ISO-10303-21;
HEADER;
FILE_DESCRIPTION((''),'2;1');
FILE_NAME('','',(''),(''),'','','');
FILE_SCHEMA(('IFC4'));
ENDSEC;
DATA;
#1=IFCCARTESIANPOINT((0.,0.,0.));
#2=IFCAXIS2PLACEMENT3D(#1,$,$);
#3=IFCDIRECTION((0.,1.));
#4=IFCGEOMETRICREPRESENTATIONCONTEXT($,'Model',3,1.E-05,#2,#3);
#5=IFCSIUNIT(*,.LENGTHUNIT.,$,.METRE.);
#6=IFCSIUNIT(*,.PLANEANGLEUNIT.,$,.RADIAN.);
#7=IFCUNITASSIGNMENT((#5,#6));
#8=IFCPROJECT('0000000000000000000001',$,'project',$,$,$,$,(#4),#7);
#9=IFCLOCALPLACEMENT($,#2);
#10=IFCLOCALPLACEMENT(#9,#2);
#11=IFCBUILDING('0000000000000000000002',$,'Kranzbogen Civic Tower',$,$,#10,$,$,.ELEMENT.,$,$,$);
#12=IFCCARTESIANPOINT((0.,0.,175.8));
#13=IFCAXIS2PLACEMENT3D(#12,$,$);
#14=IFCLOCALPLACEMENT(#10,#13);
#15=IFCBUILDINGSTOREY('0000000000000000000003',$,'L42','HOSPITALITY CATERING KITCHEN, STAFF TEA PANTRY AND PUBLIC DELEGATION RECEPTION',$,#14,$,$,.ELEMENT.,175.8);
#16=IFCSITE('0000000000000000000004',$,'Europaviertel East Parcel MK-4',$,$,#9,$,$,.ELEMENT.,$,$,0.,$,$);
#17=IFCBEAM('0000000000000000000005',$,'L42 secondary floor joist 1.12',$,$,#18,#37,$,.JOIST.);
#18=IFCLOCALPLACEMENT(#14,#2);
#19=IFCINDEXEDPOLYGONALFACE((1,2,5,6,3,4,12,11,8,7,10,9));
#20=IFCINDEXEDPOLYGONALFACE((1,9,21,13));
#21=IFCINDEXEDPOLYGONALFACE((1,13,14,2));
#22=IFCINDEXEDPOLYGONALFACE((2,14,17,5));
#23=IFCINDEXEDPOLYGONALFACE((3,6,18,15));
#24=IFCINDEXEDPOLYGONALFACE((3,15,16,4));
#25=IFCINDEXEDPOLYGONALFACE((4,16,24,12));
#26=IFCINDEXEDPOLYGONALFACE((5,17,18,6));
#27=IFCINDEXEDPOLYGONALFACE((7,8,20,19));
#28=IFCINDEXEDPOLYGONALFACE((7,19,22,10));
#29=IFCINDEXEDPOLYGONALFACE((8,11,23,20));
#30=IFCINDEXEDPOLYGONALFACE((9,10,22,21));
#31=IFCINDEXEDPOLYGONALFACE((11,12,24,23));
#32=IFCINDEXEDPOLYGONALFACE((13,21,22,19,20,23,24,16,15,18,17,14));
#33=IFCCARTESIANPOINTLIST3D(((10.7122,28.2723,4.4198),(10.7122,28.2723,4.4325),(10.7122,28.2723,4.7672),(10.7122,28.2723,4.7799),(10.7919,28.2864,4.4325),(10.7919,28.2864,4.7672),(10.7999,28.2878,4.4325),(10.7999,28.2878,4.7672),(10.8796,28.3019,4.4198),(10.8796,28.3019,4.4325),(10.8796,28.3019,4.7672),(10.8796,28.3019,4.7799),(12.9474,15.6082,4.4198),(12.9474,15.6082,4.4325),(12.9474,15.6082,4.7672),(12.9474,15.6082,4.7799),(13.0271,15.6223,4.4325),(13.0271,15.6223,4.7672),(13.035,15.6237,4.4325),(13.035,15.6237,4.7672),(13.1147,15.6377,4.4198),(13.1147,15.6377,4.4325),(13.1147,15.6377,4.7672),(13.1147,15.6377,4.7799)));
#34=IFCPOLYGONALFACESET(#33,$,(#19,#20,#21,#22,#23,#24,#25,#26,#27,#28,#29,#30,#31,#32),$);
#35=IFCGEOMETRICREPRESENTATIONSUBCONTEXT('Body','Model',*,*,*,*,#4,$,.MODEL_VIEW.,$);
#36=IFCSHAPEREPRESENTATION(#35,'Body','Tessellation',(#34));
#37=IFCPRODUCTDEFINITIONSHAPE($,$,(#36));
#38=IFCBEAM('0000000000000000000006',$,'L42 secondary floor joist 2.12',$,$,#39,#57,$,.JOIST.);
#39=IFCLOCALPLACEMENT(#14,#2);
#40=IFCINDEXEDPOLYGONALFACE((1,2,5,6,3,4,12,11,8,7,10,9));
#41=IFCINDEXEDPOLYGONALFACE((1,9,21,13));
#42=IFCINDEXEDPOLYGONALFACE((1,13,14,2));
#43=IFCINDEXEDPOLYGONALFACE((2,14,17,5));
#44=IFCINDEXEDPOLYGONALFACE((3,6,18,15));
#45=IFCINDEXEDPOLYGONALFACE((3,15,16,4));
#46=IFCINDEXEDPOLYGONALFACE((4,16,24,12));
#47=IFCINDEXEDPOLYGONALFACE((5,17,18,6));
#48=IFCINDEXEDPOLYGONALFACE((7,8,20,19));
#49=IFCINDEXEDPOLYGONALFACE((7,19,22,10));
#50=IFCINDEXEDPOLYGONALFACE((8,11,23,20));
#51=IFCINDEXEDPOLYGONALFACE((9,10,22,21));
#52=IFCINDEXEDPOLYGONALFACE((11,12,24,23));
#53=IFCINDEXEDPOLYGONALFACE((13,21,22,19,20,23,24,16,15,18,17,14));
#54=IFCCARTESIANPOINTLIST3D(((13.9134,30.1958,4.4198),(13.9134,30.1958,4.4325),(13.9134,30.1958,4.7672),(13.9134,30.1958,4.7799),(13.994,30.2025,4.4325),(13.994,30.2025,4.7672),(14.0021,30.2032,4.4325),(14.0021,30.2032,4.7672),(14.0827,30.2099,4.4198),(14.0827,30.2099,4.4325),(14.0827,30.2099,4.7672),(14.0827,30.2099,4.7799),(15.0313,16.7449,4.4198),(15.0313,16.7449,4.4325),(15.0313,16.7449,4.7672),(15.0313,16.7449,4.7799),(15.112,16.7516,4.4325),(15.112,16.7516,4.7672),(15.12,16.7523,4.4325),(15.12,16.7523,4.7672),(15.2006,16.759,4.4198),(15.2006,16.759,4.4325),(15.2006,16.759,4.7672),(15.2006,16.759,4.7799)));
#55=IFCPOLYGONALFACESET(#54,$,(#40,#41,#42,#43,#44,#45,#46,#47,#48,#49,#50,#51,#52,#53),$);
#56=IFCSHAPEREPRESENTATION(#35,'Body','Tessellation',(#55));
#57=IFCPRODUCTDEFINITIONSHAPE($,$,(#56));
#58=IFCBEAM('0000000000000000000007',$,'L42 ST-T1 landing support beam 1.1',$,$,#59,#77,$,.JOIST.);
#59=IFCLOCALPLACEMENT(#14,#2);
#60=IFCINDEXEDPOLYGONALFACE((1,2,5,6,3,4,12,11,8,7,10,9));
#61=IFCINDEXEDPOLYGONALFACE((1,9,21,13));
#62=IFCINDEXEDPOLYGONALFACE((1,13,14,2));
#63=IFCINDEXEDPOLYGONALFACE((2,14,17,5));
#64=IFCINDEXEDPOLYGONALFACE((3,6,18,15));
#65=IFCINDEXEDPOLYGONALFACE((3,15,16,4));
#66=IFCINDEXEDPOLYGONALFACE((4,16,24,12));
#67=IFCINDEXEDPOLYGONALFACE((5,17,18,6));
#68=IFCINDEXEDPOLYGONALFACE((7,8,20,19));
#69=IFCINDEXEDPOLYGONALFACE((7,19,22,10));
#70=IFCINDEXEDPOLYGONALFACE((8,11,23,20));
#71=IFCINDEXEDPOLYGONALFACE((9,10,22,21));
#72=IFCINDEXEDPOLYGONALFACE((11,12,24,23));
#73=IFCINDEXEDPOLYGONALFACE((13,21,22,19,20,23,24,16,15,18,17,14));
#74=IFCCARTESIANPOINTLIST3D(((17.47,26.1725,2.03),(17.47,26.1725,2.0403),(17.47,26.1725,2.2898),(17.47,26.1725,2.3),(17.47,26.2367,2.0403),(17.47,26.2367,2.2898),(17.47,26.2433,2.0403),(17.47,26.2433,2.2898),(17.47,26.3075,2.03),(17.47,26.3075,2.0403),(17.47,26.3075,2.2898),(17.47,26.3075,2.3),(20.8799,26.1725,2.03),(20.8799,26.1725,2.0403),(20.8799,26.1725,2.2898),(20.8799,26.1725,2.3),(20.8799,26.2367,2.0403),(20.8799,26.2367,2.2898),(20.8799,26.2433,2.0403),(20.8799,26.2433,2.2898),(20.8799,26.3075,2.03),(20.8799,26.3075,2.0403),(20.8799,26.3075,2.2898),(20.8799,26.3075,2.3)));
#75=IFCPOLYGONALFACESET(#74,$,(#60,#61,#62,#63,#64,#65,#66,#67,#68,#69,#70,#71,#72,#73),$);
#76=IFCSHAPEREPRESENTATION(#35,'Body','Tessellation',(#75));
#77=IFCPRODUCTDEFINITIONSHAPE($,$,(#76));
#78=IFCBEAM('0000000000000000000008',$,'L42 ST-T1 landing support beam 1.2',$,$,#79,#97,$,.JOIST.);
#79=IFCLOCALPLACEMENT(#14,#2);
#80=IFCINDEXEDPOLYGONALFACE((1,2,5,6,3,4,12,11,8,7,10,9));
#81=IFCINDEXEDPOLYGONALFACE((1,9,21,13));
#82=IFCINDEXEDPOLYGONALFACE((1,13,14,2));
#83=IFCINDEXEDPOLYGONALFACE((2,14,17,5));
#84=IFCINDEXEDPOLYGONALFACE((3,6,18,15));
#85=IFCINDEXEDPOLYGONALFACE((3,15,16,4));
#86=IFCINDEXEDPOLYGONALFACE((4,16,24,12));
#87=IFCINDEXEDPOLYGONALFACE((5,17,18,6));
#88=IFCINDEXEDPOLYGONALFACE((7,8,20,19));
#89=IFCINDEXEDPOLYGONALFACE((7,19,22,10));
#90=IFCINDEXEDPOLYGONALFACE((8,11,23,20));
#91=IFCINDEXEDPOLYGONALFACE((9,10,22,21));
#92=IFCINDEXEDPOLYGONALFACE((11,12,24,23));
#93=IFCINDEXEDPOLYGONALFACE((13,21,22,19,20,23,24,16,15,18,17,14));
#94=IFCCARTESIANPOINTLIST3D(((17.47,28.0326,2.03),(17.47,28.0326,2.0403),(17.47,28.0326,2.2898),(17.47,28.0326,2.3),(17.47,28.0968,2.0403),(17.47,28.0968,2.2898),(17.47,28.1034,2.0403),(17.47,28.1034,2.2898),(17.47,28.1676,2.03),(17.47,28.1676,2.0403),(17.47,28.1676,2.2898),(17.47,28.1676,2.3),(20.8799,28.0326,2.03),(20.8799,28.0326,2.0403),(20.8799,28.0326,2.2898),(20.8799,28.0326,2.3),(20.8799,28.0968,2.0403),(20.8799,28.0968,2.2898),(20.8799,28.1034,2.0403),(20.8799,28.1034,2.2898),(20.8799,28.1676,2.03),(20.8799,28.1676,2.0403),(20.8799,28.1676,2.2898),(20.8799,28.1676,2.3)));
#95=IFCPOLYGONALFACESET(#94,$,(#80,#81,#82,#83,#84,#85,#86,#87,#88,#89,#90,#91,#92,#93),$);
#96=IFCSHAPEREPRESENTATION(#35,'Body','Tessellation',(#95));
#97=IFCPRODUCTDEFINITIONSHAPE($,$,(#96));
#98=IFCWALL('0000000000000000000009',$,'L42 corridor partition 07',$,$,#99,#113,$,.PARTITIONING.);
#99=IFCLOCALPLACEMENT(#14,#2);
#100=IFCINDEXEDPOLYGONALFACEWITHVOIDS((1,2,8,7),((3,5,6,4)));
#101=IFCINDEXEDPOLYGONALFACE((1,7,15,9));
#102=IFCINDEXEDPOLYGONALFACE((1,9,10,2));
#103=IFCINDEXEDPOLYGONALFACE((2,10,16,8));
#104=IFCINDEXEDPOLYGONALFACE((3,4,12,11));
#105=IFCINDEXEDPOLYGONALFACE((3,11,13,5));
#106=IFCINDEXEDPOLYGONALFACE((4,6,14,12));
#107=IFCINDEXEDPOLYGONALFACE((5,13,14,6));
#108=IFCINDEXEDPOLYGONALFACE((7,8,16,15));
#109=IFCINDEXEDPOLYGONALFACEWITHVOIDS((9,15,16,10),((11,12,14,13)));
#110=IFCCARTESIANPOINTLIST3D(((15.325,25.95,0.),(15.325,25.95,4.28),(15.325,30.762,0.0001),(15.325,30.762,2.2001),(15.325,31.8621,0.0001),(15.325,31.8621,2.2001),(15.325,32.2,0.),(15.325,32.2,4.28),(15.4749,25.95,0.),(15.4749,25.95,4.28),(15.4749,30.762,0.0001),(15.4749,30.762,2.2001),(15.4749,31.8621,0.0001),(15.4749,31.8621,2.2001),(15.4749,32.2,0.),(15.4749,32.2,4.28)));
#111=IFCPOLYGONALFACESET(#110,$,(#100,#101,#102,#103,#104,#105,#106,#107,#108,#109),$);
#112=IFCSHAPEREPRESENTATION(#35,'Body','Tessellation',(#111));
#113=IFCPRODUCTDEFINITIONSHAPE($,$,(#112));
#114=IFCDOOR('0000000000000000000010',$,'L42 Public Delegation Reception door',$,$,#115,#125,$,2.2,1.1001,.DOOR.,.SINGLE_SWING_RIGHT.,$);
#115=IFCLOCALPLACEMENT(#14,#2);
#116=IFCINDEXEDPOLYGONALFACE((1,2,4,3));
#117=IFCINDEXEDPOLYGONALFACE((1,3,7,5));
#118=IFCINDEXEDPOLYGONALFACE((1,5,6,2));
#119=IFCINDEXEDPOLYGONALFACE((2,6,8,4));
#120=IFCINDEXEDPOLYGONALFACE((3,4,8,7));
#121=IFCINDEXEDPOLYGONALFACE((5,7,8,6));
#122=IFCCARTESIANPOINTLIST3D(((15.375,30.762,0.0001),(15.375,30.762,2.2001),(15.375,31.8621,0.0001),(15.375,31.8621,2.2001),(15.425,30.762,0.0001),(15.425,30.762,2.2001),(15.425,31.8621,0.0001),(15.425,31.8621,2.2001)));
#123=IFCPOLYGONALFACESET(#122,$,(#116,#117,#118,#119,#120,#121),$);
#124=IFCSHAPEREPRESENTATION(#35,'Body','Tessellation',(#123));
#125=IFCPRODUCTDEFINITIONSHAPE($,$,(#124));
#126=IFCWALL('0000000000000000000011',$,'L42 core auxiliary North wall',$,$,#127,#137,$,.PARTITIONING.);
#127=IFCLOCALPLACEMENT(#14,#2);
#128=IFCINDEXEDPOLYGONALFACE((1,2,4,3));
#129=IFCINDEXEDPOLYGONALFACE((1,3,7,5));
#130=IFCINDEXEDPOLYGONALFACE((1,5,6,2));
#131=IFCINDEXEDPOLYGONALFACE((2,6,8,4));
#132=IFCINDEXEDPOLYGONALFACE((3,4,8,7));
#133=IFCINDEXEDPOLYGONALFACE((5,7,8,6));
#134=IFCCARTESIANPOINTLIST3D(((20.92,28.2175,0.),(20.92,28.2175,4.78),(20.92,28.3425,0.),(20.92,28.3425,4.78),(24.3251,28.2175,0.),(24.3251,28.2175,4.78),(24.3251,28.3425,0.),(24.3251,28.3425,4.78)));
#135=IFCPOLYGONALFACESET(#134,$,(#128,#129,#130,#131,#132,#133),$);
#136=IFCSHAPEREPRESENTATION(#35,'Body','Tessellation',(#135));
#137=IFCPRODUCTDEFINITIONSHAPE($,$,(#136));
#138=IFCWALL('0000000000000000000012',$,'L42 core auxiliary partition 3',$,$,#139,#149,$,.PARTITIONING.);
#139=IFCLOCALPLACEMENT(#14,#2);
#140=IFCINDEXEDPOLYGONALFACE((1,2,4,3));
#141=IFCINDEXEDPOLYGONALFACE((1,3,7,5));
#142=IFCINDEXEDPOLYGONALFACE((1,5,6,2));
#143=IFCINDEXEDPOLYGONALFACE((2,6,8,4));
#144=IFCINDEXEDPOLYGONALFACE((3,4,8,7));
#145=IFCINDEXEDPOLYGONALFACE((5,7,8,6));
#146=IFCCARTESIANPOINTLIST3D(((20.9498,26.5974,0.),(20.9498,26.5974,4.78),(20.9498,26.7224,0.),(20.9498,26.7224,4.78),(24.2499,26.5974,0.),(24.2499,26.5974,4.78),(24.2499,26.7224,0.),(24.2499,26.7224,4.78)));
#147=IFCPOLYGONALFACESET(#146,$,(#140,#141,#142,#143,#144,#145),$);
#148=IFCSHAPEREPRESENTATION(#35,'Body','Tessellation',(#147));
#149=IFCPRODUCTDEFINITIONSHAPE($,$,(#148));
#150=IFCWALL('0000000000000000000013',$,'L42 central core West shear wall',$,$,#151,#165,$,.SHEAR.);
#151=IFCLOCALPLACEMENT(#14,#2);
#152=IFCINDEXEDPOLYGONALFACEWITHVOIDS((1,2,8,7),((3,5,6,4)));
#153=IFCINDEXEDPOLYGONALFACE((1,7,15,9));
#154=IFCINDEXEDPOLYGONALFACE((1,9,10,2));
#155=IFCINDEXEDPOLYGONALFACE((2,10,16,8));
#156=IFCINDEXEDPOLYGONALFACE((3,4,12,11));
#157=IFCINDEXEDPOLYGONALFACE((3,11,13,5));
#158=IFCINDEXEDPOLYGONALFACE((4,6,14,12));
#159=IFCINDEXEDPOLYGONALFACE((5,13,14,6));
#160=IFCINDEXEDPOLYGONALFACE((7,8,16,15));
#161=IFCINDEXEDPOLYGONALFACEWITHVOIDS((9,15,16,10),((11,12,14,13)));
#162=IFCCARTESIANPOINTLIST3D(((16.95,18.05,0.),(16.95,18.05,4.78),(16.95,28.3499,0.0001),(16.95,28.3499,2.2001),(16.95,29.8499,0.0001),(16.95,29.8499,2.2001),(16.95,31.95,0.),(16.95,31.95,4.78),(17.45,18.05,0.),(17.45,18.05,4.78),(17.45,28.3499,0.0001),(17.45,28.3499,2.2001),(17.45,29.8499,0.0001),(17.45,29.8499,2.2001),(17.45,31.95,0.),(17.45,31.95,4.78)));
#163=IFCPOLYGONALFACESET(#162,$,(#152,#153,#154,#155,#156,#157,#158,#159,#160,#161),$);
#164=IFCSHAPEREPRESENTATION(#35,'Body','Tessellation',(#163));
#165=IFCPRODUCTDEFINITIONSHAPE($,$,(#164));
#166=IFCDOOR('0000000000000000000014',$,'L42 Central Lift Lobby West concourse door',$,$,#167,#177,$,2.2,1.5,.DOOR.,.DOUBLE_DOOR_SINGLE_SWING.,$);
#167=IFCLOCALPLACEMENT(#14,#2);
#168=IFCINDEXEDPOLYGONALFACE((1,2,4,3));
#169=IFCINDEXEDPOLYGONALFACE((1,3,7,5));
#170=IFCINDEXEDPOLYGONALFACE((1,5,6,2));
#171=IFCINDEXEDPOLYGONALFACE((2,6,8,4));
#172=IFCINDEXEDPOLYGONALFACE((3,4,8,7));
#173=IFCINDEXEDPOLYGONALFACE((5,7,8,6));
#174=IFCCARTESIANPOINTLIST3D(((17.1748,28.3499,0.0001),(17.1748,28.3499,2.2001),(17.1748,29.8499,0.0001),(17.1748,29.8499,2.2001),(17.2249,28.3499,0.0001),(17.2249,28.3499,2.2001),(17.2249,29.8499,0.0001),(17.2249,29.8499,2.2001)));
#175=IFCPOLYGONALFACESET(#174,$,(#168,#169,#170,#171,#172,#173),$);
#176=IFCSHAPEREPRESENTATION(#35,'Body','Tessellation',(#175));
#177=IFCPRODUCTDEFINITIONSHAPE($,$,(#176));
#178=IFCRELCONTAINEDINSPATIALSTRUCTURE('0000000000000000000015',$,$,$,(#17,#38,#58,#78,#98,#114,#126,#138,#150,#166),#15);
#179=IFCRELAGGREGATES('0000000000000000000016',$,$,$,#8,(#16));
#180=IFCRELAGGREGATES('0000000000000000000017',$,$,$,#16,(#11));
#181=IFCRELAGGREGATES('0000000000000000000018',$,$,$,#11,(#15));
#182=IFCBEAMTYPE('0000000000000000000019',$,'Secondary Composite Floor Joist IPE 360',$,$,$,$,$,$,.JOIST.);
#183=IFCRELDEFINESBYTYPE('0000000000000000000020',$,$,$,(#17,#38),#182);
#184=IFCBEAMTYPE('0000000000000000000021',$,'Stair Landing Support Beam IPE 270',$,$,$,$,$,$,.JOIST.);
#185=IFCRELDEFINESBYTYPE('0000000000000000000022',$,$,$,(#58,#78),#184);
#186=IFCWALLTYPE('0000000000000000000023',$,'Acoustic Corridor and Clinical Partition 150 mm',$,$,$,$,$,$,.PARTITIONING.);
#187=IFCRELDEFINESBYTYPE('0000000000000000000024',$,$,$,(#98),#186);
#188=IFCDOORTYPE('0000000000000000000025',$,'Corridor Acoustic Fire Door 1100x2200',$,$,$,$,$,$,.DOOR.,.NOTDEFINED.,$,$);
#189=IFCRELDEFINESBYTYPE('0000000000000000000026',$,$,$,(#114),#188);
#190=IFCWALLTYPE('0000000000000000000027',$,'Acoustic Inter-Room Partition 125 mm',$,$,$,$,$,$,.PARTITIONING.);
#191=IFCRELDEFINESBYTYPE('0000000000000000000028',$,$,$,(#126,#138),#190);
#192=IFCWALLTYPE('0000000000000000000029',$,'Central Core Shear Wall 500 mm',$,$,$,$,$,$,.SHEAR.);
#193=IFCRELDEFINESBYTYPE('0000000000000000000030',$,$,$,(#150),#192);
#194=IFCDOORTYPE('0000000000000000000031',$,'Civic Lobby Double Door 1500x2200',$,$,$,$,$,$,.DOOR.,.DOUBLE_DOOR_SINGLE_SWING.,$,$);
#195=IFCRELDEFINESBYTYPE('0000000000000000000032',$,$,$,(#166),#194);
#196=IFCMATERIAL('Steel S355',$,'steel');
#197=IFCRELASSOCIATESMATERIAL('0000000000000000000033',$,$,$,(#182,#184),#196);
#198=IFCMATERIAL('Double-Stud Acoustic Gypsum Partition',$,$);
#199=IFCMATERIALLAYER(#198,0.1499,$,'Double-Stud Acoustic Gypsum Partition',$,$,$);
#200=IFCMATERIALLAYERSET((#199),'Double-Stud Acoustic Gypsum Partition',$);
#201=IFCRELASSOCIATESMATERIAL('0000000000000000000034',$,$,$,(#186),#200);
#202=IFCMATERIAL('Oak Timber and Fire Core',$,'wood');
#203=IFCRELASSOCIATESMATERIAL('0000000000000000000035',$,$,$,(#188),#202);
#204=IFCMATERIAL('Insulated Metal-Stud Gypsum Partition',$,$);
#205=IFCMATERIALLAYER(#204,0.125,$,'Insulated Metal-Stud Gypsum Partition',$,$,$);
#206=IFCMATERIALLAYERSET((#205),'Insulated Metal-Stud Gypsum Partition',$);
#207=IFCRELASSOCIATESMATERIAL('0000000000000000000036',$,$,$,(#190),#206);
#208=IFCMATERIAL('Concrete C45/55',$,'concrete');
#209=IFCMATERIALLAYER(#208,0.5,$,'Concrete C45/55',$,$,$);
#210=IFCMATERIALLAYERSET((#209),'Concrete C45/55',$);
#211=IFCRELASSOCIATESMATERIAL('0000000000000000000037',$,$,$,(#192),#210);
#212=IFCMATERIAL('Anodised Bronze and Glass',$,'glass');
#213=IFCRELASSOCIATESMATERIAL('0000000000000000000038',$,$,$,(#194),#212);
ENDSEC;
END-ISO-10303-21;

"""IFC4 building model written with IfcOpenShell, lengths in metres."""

from ifc_helpers import new_model, si_unit, direction, frame, frame_2d, origin, origin_2d, place, context, subcontext, project, spatial, rectangle, i_section, extrude, material, layer, layer_set, material_profile, profile_set, type_object, element, fill, save


model = new_model("IFC4")

# Units and contexts
model_context = context("Model", 3, precision=1e-05, world=origin(), true_north=direction((0.0, 1.0)))
body_context = subcontext(model_context, "Body", "Model", "MODEL_VIEW")
ifc_project = project(units=[si_unit("LENGTHUNIT", "METRE"), si_unit("PLANEANGLEUNIT", "RADIAN")], contexts=[model_context])

# Site, building, storey
site_placement = place(None, origin())
site = spatial("IfcSite", under=ifc_project, at=site_placement, Name="Europaviertel East Parcel MK-4", CompositionType="ELEMENT", RefElevation=0.0)
building_placement = place(site_placement, origin())
building = spatial("IfcBuilding", under=site, at=building_placement, Name="Kranzbogen Civic Tower", CompositionType="ELEMENT")
storey_placement = place(building_placement, frame((0.0, 0.0, 175.8)))
storey = spatial("IfcBuildingStorey", under=building, at=storey_placement, Name="L42", Description="HOSPITALITY CATERING KITCHEN, STAFF TEA PANTRY AND PUBLIC DELEGATION RECEPTION", CompositionType="ELEMENT", Elevation=175.8)

# Beams
ifc_material_1 = material(Name="Steel S355", Category="steel")
ifc_material_profile_1 = material_profile(ifc_material_1, i_section(OverallWidth=0.1699, OverallDepth=0.3601, WebThickness=0.0081, FlangeThickness=0.0127, at=origin_2d()), Name="IPE 360")
ifc_profile_set_1 = profile_set([ifc_material_profile_1], Name="Steel S355")
beam_type_1 = type_object("IfcBeamType", Name="Secondary Composite Floor Joist IPE 360", PredefinedType="JOIST", material=ifc_profile_set_1)
beam_1_placement = place(storey_placement, frame((10.7959, 28.2871, 4.5999), z_axis=(0.173806, -0.98478, 0.0), x_axis=(0.98478, 0.173806, 0.0)))
element("IfcBeam", 1, at=beam_1_placement, inside=storey, type_object=beam_type_1, Name="L42 secondary floor joist 1.12", PredefinedType="JOIST", context=body_context, shape_type="SweptSolid", body=[
    extrude(i_section(OverallWidth=0.1699, OverallDepth=0.3601, WebThickness=0.0081, FlangeThickness=0.0127, at=origin_2d()), origin(), (0.0, 0.0, 1.0), 12.8599),
])
beam_2_placement = place(storey_placement, frame((13.998, 30.2029, 4.5999), z_axis=(0.082825, -0.996564, 0.0), x_axis=(0.996564, 0.082825, 0.0)))
element("IfcBeam", 2, at=beam_2_placement, inside=storey, type_object=beam_type_1, Name="L42 secondary floor joist 2.12", PredefinedType="JOIST", context=body_context, shape_type="SweptSolid", body=[
    extrude(i_section(OverallWidth=0.1699, OverallDepth=0.3601, WebThickness=0.0081, FlangeThickness=0.0127, at=origin_2d()), origin(), (0.0, 0.0, 1.0), 13.4973),
])
ifc_material_profile_2 = material_profile(ifc_material_1, i_section(OverallWidth=0.135, OverallDepth=0.27, WebThickness=0.0066, FlangeThickness=0.0103, at=origin_2d()), Name="IPE 270")
ifc_profile_set_2 = profile_set([ifc_material_profile_2], Name="Steel S355")
beam_type_2 = type_object("IfcBeamType", Name="Stair Landing Support Beam IPE 270", PredefinedType="JOIST", material=ifc_profile_set_2)
for number, where, z_axis, x_axis, name in (
    (3, (20.8799, 26.24, 2.165), (-1.0, 0.0, 0.0), (0.0, -1.0, 0.0), "L42 ST-T1 landing support beam 1.1"),
    (4, (20.8799, 28.1001, 2.165), (-1.0, 0.0, 0.0), (0.0, -1.0, 0.0), "L42 ST-T1 landing support beam 1.2"),
):
    element("IfcBeam", number, at=place(storey_placement, frame(where, z_axis=z_axis, x_axis=x_axis)), inside=storey, type_object=beam_type_2, Name=name, PredefinedType="JOIST", context=body_context, shape_type="SweptSolid", body=[
        extrude(i_section(OverallWidth=0.135, OverallDepth=0.27, WebThickness=0.0066, FlangeThickness=0.0103, at=origin_2d()), origin(), (0.0, 0.0, 1.0), 3.4099),
    ])

# Wall, opening, door
ifc_material_2 = material(Name="Double-Stud Acoustic Gypsum Partition")
ifc_layer_1 = layer(ifc_material_2, 0.1499, Name="Double-Stud Acoustic Gypsum Partition")
ifc_layer_set_1 = layer_set([ifc_layer_1], Name="Double-Stud Acoustic Gypsum Partition")
wall_type_1 = type_object("IfcWallType", Name="Acoustic Corridor and Clinical Partition 150 mm", PredefinedType="PARTITIONING", material=ifc_layer_set_1)
wall_1_placement = place(storey_placement, frame((15.3999, 25.95, 0.0), z_axis=(0.0, 0.0, 1.0), x_axis=(0.0, 1.0, 0.0)))
wall_1 = element("IfcWall", 5, at=wall_1_placement, inside=storey, type_object=wall_type_1, Name="L42 corridor partition 07", PredefinedType="PARTITIONING", context=body_context, shape_type="SweptSolid", body=[
    extrude(rectangle(XDim=6.25, YDim=0.1499, at=frame_2d((3.125, 0.0))), origin(), (0.0, 0.0, 1.0), 4.28),
])
opening_1_placement = place(wall_1_placement, frame((4.812, 0.0, 0.0)))
opening_1 = element("IfcOpeningElement", 6, at=opening_1_placement, cuts=wall_1, PredefinedType="OPENING", context=body_context, shape_type="SweptSolid", body=[
    extrude(rectangle(XDim=1.1001, YDim=2.2, at=frame_2d((0.55, 1.1001))), frame((0.0, 0.085, 0.0), z_axis=(0.0, -1.0, 0.0), x_axis=(1.0, 0.0, 0.0)), (0.0, 0.0, 1.0), 0.1699),
])
ifc_material_3 = material(Name="Oak Timber and Fire Core", Category="wood")
door_type_1 = type_object("IfcDoorType", Name="Corridor Acoustic Fire Door 1100x2200", OperationType="NOTDEFINED", PredefinedType="DOOR", material=ifc_material_3)
door_1_placement = place(opening_1_placement, origin())
door_1 = element("IfcDoor", 7, at=door_1_placement, inside=storey, type_object=door_type_1, Name="L42 Public Delegation Reception door", OperationType="SINGLE_SWING_RIGHT", OverallHeight=2.2, OverallWidth=1.1001, PredefinedType="DOOR", context=body_context, shape_type="SweptSolid", body=[
    extrude(rectangle(XDim=1.1001, YDim=2.2, at=frame_2d((0.55, 1.1001))), frame((0.0, 0.0249, 0.0), z_axis=(0.0, -1.0, 0.0), x_axis=(1.0, 0.0, 0.0)), (0.0, 0.0, 1.0), 0.05),
])
fill(opening_1, door_1)

# Walls
ifc_material_4 = material(Name="Insulated Metal-Stud Gypsum Partition")
ifc_layer_2 = layer(ifc_material_4, 0.125, Name="Insulated Metal-Stud Gypsum Partition")
ifc_layer_set_2 = layer_set([ifc_layer_2], Name="Insulated Metal-Stud Gypsum Partition")
wall_type_2 = type_object("IfcWallType", Name="Acoustic Inter-Room Partition 125 mm", PredefinedType="PARTITIONING", material=ifc_layer_set_2)
wall_2_placement = place(storey_placement, frame((20.9199, 28.28, 0.0), z_axis=(0.0, 0.0, 1.0), x_axis=(1.0, 0.0, 0.0)))
element("IfcWall", 8, at=wall_2_placement, inside=storey, type_object=wall_type_2, Name="L42 core auxiliary North wall", PredefinedType="PARTITIONING", context=body_context, shape_type="SweptSolid", body=[
    extrude(rectangle(XDim=3.405, YDim=0.125, at=frame_2d((1.7026, 0.0))), origin(), (0.0, 0.0, 1.0), 4.78),
])
wall_3_placement = place(storey_placement, frame((20.95, 26.6599, 0.0), z_axis=(0.0, 0.0, 1.0), x_axis=(1.0, 0.0, 0.0)))
element("IfcWall", 9, at=wall_3_placement, inside=storey, type_object=wall_type_2, Name="L42 core auxiliary partition 3", PredefinedType="PARTITIONING", context=body_context, shape_type="SweptSolid", body=[
    extrude(rectangle(XDim=3.3, YDim=0.125, at=frame_2d((1.6499, 0.0))), origin(), (0.0, 0.0, 1.0), 4.78),
])

# Wall, opening, door
ifc_material_5 = material(Name="Concrete C45/55", Category="concrete")
ifc_layer_3 = layer(ifc_material_5, 0.5, Name="Concrete C45/55")
ifc_layer_set_3 = layer_set([ifc_layer_3], Name="Concrete C45/55")
wall_type_3 = type_object("IfcWallType", Name="Central Core Shear Wall 500 mm", PredefinedType="SHEAR", material=ifc_layer_set_3)
wall_4_placement = place(storey_placement, frame((17.2, 31.95, 0.0), z_axis=(0.0, 0.0, 1.0), x_axis=(0.0, -1.0, 0.0)))
wall_4 = element("IfcWall", 10, at=wall_4_placement, inside=storey, type_object=wall_type_3, Name="L42 central core West shear wall", PredefinedType="SHEAR", context=body_context, shape_type="SweptSolid", body=[
    extrude(rectangle(XDim=13.8999, YDim=0.5, at=frame_2d((6.95, 0.0))), origin(), (0.0, 0.0, 1.0), 4.78),
])
opening_2_placement = place(wall_4_placement, frame((2.1001, 0.0, 0.0)))
opening_2 = element("IfcOpeningElement", 11, at=opening_2_placement, cuts=wall_4, PredefinedType="OPENING", context=body_context, shape_type="SweptSolid", body=[
    extrude(rectangle(XDim=1.5, YDim=2.2, at=frame_2d((0.75, 1.1001))), frame((0.0, 0.26, 0.0), z_axis=(0.0, -1.0, 0.0), x_axis=(1.0, 0.0, 0.0)), (0.0, 0.0, 1.0), 0.52),
])
ifc_material_6 = material(Name="Anodised Bronze and Glass", Category="glass")
door_type_2 = type_object("IfcDoorType", Name="Civic Lobby Double Door 1500x2200", OperationType="DOUBLE_DOOR_SINGLE_SWING", PredefinedType="DOOR", material=ifc_material_6)
door_2_placement = place(opening_2_placement, origin())
door_2 = element("IfcDoor", 12, at=door_2_placement, inside=storey, type_object=door_type_2, Name="L42 Central Lift Lobby West concourse door", OperationType="DOUBLE_DOOR_SINGLE_SWING", OverallHeight=2.2, OverallWidth=1.5, PredefinedType="DOOR", context=body_context, shape_type="SweptSolid", body=[
    extrude(rectangle(XDim=1.5, YDim=2.2, at=frame_2d((0.75, 1.1001))), frame((0.0, 0.0249, 0.0), z_axis=(0.0, -1.0, 0.0), x_axis=(1.0, 0.0, 0.0)), (0.0, 0.0, 1.0), 0.05),
])
fill(opening_2, door_2)

save(model, "model.ifc")
